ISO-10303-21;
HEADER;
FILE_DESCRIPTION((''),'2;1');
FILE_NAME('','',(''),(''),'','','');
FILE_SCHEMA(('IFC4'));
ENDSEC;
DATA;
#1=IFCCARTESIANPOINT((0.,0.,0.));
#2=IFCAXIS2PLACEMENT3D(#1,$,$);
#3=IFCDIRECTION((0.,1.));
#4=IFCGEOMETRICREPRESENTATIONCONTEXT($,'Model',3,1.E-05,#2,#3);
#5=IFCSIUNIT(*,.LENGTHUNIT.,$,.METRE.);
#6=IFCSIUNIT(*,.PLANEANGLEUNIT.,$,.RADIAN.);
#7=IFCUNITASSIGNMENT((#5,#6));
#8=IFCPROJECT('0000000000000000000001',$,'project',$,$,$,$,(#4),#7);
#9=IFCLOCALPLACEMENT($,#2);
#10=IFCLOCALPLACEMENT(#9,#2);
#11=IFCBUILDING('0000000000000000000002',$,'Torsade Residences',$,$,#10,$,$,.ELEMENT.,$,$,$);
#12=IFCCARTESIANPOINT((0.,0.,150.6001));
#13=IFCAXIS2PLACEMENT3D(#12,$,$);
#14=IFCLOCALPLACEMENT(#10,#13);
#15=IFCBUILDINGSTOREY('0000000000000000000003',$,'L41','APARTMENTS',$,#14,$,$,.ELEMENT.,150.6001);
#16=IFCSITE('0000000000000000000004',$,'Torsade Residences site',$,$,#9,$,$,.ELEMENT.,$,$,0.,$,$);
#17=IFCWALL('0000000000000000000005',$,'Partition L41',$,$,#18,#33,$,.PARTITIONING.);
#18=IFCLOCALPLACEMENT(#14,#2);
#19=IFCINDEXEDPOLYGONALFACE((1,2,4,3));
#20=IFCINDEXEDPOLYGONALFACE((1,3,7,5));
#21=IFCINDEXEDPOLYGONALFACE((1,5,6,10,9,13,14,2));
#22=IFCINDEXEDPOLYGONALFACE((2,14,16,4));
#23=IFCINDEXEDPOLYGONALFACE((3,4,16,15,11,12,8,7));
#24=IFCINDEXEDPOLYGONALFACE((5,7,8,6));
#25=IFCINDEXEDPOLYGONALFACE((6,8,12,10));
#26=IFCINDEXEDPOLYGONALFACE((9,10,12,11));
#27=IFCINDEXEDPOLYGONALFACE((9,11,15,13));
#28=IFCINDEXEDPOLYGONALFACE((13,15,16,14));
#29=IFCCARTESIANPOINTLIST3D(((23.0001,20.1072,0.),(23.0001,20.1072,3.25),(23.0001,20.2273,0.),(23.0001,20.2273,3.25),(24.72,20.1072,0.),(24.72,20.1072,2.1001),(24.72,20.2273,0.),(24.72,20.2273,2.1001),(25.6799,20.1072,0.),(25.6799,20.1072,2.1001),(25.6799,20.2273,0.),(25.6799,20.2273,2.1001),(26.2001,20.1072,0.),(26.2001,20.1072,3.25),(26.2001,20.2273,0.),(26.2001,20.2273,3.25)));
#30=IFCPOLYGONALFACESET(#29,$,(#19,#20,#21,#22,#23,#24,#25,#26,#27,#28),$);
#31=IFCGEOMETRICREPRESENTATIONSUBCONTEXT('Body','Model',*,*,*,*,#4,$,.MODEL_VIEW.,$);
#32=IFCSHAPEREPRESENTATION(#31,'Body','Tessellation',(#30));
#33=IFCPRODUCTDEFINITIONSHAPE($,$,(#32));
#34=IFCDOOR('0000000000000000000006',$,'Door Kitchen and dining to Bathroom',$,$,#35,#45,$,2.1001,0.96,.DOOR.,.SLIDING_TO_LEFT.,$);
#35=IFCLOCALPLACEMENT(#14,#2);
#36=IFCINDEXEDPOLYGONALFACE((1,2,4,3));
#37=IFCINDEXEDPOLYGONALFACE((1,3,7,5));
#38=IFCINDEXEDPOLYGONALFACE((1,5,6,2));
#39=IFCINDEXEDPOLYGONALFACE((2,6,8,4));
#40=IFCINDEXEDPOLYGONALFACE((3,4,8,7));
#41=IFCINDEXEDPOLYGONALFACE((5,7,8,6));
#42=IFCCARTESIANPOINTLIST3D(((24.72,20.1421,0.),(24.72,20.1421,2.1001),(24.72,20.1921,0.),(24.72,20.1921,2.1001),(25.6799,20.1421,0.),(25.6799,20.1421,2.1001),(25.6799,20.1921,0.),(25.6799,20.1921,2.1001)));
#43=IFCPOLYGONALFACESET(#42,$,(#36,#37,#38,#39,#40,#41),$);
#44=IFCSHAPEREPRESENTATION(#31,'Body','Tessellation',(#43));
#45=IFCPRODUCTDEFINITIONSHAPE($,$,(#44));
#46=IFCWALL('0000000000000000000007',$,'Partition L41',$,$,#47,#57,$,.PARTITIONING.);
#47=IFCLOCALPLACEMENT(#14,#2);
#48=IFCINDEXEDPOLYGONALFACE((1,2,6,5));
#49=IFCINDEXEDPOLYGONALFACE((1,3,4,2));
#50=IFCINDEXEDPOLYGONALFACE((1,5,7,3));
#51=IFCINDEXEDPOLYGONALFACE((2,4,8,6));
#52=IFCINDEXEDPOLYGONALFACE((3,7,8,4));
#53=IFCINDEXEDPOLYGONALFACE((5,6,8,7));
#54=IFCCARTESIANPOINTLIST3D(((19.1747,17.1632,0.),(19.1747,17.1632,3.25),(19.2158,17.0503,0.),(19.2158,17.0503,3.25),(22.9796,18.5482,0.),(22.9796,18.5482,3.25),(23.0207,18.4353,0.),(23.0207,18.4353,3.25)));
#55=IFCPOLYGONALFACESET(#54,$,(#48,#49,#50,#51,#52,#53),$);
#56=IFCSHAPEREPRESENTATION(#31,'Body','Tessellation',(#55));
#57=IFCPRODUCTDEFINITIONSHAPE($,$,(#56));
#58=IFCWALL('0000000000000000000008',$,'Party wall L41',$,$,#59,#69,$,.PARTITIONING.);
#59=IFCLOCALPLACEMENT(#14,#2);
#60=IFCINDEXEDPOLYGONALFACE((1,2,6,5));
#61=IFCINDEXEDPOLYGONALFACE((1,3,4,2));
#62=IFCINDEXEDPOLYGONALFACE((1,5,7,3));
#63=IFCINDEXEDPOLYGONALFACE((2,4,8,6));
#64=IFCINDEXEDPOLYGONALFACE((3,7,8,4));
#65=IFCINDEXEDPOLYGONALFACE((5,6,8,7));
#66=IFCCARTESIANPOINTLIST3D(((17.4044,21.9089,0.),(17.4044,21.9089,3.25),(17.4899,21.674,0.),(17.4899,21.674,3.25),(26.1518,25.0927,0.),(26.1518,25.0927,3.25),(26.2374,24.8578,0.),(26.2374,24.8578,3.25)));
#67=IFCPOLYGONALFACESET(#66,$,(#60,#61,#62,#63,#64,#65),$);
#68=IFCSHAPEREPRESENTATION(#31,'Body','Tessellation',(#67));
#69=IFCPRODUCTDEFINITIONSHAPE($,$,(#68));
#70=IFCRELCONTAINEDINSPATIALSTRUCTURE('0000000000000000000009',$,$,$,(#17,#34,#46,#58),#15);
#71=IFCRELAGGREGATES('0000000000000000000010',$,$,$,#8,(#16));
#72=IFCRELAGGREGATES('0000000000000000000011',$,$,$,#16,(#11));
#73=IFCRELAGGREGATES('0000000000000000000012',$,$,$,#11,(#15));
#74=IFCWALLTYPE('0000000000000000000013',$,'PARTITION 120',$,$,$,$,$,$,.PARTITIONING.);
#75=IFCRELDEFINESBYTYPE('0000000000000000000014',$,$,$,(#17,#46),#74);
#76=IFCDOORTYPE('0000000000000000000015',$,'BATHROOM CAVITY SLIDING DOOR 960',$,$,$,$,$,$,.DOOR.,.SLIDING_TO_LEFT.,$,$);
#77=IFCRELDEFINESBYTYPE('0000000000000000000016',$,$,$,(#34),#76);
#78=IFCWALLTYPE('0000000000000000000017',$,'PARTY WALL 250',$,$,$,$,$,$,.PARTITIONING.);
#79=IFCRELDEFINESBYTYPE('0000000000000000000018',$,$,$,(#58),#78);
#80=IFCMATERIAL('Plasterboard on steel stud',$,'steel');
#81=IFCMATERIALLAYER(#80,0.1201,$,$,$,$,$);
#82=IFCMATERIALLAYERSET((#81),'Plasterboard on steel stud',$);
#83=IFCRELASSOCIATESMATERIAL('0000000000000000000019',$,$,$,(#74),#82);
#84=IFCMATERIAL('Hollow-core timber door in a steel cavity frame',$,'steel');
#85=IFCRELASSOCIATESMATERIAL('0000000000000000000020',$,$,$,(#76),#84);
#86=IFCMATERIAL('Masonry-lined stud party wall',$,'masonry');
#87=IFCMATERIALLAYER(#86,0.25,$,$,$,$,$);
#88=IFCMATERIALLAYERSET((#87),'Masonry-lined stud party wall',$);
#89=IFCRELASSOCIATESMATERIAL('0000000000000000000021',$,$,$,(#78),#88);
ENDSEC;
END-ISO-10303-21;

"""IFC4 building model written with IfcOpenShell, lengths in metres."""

from ifc_helpers import new_model, si_unit, direction, frame, frame_2d, origin, place, context, subcontext, project, spatial, rectangle, extrude, material, layer, layer_set, type_object, element, fill, save


model = new_model("IFC4")

# Units and contexts
model_context = context("Model", 3, precision=1e-05, world=origin(), true_north=direction((0.0, 1.0)))
body_context = subcontext(model_context, "Body", "Model", "MODEL_VIEW")
ifc_project = project(units=[si_unit("LENGTHUNIT", "METRE"), si_unit("PLANEANGLEUNIT", "RADIAN")], contexts=[model_context])

# Site, building, storey
site_placement = place(None, origin())
site = spatial("IfcSite", under=ifc_project, at=site_placement, Name="Torsade Residences site", CompositionType="ELEMENT", RefElevation=0.0)
building_placement = place(site_placement, origin())
building = spatial("IfcBuilding", under=site, at=building_placement, Name="Torsade Residences", CompositionType="ELEMENT")
storey_placement = place(building_placement, frame((0.0, 0.0, 150.6001)))
storey = spatial("IfcBuildingStorey", under=building, at=storey_placement, Name="L41", Description="APARTMENTS", CompositionType="ELEMENT", Elevation=150.6001)

# Wall, opening, door
ifc_material_1 = material(Name="Plasterboard on steel stud", Category="steel")
ifc_layer_1 = layer(ifc_material_1, 0.1201)
ifc_layer_set_1 = layer_set([ifc_layer_1], Name="Plasterboard on steel stud")
wall_type_1 = type_object("IfcWallType", Name="PARTITION 120", PredefinedType="PARTITIONING", material=ifc_layer_set_1)
wall_1_placement = place(storey_placement, frame((23.0, 20.1672, 0.0), z_axis=(0.0, 0.0, 1.0), x_axis=(1.0, 0.0, 0.0)))
wall_1 = element("IfcWall", 1, at=wall_1_placement, inside=storey, type_object=wall_type_1, Name="Partition L41", PredefinedType="PARTITIONING", context=body_context, shape_type="SweptSolid", body=[
    extrude(rectangle(XDim=3.2, YDim=0.1201, at=frame_2d((1.6001, 0.0))), origin(), (0.0, 0.0, 1.0), 3.25),
])
opening_1_placement = place(wall_1_placement, frame((1.72, 0.0, 0.0)))
opening_1 = element("IfcOpeningElement", 2, at=opening_1_placement, cuts=wall_1, PredefinedType="OPENING", context=body_context, shape_type="SweptSolid", body=[
    extrude(rectangle(XDim=0.96, YDim=2.1001, at=frame_2d((0.48, 1.05))), frame((0.0, 0.0701, 0.0), z_axis=(0.0, -1.0, 0.0), x_axis=(1.0, 0.0, 0.0)), (0.0, 0.0, 1.0), 0.1401),
])
ifc_material_2 = material(Name="Hollow-core timber door in a steel cavity frame", Category="steel")
door_type_1 = type_object("IfcDoorType", Name="BATHROOM CAVITY SLIDING DOOR 960", OperationType="SLIDING_TO_LEFT", PredefinedType="DOOR", material=ifc_material_2)
door_1_placement = place(opening_1_placement, origin())
door_1 = element("IfcDoor", 3, at=door_1_placement, inside=storey, type_object=door_type_1, Name="Door Kitchen and dining to Bathroom", OperationType="SLIDING_TO_LEFT", OverallHeight=2.1001, OverallWidth=0.96, PredefinedType="DOOR", context=body_context, shape_type="SweptSolid", body=[
    extrude(rectangle(XDim=0.96, YDim=2.1001, at=frame_2d((0.48, 1.05))), frame((0.0, 0.0249, 0.0), z_axis=(0.0, -1.0, 0.0), x_axis=(1.0, 0.0, 0.0)), (0.0, 0.0, 1.0), 0.05),
])
fill(opening_1, door_1)

# Walls
wall_2_placement = place(storey_placement, frame((23.0, 18.4917, 0.0), z_axis=(0.0, 0.0, 1.0), x_axis=(-0.939682, -0.342048, 0.0)))
element("IfcWall", 4, at=wall_2_placement, inside=storey, type_object=wall_type_1, Name="Partition L41", PredefinedType="PARTITIONING", context=body_context, shape_type="SweptSolid", body=[
    extrude(rectangle(XDim=4.0491, YDim=0.1201, at=frame_2d((2.0244, 0.0))), origin(), (0.0, 0.0, 1.0), 3.25),
])
ifc_material_3 = material(Name="Masonry-lined stud party wall", Category="masonry")
ifc_layer_2 = layer(ifc_material_3, 0.25)
ifc_layer_set_2 = layer_set([ifc_layer_2], Name="Masonry-lined stud party wall")
wall_type_2 = type_object("IfcWallType", Name="PARTY WALL 250", PredefinedType="PARTITIONING", material=ifc_layer_set_2)
wall_3_placement = place(storey_placement, frame((17.4473, 21.7915, 0.0), z_axis=(0.0, 0.0, 1.0), x_axis=(0.939693, 0.342019, 0.0)))
element("IfcWall", 5, at=wall_3_placement, inside=storey, type_object=wall_type_2, Name="Party wall L41", PredefinedType="PARTITIONING", context=body_context, shape_type="SweptSolid", body=[
    extrude(rectangle(XDim=9.3088, YDim=0.25, at=frame_2d((4.6543, 0.0))), origin(), (0.0, 0.0, 1.0), 3.25),
])

save(model, "model.ifc")
